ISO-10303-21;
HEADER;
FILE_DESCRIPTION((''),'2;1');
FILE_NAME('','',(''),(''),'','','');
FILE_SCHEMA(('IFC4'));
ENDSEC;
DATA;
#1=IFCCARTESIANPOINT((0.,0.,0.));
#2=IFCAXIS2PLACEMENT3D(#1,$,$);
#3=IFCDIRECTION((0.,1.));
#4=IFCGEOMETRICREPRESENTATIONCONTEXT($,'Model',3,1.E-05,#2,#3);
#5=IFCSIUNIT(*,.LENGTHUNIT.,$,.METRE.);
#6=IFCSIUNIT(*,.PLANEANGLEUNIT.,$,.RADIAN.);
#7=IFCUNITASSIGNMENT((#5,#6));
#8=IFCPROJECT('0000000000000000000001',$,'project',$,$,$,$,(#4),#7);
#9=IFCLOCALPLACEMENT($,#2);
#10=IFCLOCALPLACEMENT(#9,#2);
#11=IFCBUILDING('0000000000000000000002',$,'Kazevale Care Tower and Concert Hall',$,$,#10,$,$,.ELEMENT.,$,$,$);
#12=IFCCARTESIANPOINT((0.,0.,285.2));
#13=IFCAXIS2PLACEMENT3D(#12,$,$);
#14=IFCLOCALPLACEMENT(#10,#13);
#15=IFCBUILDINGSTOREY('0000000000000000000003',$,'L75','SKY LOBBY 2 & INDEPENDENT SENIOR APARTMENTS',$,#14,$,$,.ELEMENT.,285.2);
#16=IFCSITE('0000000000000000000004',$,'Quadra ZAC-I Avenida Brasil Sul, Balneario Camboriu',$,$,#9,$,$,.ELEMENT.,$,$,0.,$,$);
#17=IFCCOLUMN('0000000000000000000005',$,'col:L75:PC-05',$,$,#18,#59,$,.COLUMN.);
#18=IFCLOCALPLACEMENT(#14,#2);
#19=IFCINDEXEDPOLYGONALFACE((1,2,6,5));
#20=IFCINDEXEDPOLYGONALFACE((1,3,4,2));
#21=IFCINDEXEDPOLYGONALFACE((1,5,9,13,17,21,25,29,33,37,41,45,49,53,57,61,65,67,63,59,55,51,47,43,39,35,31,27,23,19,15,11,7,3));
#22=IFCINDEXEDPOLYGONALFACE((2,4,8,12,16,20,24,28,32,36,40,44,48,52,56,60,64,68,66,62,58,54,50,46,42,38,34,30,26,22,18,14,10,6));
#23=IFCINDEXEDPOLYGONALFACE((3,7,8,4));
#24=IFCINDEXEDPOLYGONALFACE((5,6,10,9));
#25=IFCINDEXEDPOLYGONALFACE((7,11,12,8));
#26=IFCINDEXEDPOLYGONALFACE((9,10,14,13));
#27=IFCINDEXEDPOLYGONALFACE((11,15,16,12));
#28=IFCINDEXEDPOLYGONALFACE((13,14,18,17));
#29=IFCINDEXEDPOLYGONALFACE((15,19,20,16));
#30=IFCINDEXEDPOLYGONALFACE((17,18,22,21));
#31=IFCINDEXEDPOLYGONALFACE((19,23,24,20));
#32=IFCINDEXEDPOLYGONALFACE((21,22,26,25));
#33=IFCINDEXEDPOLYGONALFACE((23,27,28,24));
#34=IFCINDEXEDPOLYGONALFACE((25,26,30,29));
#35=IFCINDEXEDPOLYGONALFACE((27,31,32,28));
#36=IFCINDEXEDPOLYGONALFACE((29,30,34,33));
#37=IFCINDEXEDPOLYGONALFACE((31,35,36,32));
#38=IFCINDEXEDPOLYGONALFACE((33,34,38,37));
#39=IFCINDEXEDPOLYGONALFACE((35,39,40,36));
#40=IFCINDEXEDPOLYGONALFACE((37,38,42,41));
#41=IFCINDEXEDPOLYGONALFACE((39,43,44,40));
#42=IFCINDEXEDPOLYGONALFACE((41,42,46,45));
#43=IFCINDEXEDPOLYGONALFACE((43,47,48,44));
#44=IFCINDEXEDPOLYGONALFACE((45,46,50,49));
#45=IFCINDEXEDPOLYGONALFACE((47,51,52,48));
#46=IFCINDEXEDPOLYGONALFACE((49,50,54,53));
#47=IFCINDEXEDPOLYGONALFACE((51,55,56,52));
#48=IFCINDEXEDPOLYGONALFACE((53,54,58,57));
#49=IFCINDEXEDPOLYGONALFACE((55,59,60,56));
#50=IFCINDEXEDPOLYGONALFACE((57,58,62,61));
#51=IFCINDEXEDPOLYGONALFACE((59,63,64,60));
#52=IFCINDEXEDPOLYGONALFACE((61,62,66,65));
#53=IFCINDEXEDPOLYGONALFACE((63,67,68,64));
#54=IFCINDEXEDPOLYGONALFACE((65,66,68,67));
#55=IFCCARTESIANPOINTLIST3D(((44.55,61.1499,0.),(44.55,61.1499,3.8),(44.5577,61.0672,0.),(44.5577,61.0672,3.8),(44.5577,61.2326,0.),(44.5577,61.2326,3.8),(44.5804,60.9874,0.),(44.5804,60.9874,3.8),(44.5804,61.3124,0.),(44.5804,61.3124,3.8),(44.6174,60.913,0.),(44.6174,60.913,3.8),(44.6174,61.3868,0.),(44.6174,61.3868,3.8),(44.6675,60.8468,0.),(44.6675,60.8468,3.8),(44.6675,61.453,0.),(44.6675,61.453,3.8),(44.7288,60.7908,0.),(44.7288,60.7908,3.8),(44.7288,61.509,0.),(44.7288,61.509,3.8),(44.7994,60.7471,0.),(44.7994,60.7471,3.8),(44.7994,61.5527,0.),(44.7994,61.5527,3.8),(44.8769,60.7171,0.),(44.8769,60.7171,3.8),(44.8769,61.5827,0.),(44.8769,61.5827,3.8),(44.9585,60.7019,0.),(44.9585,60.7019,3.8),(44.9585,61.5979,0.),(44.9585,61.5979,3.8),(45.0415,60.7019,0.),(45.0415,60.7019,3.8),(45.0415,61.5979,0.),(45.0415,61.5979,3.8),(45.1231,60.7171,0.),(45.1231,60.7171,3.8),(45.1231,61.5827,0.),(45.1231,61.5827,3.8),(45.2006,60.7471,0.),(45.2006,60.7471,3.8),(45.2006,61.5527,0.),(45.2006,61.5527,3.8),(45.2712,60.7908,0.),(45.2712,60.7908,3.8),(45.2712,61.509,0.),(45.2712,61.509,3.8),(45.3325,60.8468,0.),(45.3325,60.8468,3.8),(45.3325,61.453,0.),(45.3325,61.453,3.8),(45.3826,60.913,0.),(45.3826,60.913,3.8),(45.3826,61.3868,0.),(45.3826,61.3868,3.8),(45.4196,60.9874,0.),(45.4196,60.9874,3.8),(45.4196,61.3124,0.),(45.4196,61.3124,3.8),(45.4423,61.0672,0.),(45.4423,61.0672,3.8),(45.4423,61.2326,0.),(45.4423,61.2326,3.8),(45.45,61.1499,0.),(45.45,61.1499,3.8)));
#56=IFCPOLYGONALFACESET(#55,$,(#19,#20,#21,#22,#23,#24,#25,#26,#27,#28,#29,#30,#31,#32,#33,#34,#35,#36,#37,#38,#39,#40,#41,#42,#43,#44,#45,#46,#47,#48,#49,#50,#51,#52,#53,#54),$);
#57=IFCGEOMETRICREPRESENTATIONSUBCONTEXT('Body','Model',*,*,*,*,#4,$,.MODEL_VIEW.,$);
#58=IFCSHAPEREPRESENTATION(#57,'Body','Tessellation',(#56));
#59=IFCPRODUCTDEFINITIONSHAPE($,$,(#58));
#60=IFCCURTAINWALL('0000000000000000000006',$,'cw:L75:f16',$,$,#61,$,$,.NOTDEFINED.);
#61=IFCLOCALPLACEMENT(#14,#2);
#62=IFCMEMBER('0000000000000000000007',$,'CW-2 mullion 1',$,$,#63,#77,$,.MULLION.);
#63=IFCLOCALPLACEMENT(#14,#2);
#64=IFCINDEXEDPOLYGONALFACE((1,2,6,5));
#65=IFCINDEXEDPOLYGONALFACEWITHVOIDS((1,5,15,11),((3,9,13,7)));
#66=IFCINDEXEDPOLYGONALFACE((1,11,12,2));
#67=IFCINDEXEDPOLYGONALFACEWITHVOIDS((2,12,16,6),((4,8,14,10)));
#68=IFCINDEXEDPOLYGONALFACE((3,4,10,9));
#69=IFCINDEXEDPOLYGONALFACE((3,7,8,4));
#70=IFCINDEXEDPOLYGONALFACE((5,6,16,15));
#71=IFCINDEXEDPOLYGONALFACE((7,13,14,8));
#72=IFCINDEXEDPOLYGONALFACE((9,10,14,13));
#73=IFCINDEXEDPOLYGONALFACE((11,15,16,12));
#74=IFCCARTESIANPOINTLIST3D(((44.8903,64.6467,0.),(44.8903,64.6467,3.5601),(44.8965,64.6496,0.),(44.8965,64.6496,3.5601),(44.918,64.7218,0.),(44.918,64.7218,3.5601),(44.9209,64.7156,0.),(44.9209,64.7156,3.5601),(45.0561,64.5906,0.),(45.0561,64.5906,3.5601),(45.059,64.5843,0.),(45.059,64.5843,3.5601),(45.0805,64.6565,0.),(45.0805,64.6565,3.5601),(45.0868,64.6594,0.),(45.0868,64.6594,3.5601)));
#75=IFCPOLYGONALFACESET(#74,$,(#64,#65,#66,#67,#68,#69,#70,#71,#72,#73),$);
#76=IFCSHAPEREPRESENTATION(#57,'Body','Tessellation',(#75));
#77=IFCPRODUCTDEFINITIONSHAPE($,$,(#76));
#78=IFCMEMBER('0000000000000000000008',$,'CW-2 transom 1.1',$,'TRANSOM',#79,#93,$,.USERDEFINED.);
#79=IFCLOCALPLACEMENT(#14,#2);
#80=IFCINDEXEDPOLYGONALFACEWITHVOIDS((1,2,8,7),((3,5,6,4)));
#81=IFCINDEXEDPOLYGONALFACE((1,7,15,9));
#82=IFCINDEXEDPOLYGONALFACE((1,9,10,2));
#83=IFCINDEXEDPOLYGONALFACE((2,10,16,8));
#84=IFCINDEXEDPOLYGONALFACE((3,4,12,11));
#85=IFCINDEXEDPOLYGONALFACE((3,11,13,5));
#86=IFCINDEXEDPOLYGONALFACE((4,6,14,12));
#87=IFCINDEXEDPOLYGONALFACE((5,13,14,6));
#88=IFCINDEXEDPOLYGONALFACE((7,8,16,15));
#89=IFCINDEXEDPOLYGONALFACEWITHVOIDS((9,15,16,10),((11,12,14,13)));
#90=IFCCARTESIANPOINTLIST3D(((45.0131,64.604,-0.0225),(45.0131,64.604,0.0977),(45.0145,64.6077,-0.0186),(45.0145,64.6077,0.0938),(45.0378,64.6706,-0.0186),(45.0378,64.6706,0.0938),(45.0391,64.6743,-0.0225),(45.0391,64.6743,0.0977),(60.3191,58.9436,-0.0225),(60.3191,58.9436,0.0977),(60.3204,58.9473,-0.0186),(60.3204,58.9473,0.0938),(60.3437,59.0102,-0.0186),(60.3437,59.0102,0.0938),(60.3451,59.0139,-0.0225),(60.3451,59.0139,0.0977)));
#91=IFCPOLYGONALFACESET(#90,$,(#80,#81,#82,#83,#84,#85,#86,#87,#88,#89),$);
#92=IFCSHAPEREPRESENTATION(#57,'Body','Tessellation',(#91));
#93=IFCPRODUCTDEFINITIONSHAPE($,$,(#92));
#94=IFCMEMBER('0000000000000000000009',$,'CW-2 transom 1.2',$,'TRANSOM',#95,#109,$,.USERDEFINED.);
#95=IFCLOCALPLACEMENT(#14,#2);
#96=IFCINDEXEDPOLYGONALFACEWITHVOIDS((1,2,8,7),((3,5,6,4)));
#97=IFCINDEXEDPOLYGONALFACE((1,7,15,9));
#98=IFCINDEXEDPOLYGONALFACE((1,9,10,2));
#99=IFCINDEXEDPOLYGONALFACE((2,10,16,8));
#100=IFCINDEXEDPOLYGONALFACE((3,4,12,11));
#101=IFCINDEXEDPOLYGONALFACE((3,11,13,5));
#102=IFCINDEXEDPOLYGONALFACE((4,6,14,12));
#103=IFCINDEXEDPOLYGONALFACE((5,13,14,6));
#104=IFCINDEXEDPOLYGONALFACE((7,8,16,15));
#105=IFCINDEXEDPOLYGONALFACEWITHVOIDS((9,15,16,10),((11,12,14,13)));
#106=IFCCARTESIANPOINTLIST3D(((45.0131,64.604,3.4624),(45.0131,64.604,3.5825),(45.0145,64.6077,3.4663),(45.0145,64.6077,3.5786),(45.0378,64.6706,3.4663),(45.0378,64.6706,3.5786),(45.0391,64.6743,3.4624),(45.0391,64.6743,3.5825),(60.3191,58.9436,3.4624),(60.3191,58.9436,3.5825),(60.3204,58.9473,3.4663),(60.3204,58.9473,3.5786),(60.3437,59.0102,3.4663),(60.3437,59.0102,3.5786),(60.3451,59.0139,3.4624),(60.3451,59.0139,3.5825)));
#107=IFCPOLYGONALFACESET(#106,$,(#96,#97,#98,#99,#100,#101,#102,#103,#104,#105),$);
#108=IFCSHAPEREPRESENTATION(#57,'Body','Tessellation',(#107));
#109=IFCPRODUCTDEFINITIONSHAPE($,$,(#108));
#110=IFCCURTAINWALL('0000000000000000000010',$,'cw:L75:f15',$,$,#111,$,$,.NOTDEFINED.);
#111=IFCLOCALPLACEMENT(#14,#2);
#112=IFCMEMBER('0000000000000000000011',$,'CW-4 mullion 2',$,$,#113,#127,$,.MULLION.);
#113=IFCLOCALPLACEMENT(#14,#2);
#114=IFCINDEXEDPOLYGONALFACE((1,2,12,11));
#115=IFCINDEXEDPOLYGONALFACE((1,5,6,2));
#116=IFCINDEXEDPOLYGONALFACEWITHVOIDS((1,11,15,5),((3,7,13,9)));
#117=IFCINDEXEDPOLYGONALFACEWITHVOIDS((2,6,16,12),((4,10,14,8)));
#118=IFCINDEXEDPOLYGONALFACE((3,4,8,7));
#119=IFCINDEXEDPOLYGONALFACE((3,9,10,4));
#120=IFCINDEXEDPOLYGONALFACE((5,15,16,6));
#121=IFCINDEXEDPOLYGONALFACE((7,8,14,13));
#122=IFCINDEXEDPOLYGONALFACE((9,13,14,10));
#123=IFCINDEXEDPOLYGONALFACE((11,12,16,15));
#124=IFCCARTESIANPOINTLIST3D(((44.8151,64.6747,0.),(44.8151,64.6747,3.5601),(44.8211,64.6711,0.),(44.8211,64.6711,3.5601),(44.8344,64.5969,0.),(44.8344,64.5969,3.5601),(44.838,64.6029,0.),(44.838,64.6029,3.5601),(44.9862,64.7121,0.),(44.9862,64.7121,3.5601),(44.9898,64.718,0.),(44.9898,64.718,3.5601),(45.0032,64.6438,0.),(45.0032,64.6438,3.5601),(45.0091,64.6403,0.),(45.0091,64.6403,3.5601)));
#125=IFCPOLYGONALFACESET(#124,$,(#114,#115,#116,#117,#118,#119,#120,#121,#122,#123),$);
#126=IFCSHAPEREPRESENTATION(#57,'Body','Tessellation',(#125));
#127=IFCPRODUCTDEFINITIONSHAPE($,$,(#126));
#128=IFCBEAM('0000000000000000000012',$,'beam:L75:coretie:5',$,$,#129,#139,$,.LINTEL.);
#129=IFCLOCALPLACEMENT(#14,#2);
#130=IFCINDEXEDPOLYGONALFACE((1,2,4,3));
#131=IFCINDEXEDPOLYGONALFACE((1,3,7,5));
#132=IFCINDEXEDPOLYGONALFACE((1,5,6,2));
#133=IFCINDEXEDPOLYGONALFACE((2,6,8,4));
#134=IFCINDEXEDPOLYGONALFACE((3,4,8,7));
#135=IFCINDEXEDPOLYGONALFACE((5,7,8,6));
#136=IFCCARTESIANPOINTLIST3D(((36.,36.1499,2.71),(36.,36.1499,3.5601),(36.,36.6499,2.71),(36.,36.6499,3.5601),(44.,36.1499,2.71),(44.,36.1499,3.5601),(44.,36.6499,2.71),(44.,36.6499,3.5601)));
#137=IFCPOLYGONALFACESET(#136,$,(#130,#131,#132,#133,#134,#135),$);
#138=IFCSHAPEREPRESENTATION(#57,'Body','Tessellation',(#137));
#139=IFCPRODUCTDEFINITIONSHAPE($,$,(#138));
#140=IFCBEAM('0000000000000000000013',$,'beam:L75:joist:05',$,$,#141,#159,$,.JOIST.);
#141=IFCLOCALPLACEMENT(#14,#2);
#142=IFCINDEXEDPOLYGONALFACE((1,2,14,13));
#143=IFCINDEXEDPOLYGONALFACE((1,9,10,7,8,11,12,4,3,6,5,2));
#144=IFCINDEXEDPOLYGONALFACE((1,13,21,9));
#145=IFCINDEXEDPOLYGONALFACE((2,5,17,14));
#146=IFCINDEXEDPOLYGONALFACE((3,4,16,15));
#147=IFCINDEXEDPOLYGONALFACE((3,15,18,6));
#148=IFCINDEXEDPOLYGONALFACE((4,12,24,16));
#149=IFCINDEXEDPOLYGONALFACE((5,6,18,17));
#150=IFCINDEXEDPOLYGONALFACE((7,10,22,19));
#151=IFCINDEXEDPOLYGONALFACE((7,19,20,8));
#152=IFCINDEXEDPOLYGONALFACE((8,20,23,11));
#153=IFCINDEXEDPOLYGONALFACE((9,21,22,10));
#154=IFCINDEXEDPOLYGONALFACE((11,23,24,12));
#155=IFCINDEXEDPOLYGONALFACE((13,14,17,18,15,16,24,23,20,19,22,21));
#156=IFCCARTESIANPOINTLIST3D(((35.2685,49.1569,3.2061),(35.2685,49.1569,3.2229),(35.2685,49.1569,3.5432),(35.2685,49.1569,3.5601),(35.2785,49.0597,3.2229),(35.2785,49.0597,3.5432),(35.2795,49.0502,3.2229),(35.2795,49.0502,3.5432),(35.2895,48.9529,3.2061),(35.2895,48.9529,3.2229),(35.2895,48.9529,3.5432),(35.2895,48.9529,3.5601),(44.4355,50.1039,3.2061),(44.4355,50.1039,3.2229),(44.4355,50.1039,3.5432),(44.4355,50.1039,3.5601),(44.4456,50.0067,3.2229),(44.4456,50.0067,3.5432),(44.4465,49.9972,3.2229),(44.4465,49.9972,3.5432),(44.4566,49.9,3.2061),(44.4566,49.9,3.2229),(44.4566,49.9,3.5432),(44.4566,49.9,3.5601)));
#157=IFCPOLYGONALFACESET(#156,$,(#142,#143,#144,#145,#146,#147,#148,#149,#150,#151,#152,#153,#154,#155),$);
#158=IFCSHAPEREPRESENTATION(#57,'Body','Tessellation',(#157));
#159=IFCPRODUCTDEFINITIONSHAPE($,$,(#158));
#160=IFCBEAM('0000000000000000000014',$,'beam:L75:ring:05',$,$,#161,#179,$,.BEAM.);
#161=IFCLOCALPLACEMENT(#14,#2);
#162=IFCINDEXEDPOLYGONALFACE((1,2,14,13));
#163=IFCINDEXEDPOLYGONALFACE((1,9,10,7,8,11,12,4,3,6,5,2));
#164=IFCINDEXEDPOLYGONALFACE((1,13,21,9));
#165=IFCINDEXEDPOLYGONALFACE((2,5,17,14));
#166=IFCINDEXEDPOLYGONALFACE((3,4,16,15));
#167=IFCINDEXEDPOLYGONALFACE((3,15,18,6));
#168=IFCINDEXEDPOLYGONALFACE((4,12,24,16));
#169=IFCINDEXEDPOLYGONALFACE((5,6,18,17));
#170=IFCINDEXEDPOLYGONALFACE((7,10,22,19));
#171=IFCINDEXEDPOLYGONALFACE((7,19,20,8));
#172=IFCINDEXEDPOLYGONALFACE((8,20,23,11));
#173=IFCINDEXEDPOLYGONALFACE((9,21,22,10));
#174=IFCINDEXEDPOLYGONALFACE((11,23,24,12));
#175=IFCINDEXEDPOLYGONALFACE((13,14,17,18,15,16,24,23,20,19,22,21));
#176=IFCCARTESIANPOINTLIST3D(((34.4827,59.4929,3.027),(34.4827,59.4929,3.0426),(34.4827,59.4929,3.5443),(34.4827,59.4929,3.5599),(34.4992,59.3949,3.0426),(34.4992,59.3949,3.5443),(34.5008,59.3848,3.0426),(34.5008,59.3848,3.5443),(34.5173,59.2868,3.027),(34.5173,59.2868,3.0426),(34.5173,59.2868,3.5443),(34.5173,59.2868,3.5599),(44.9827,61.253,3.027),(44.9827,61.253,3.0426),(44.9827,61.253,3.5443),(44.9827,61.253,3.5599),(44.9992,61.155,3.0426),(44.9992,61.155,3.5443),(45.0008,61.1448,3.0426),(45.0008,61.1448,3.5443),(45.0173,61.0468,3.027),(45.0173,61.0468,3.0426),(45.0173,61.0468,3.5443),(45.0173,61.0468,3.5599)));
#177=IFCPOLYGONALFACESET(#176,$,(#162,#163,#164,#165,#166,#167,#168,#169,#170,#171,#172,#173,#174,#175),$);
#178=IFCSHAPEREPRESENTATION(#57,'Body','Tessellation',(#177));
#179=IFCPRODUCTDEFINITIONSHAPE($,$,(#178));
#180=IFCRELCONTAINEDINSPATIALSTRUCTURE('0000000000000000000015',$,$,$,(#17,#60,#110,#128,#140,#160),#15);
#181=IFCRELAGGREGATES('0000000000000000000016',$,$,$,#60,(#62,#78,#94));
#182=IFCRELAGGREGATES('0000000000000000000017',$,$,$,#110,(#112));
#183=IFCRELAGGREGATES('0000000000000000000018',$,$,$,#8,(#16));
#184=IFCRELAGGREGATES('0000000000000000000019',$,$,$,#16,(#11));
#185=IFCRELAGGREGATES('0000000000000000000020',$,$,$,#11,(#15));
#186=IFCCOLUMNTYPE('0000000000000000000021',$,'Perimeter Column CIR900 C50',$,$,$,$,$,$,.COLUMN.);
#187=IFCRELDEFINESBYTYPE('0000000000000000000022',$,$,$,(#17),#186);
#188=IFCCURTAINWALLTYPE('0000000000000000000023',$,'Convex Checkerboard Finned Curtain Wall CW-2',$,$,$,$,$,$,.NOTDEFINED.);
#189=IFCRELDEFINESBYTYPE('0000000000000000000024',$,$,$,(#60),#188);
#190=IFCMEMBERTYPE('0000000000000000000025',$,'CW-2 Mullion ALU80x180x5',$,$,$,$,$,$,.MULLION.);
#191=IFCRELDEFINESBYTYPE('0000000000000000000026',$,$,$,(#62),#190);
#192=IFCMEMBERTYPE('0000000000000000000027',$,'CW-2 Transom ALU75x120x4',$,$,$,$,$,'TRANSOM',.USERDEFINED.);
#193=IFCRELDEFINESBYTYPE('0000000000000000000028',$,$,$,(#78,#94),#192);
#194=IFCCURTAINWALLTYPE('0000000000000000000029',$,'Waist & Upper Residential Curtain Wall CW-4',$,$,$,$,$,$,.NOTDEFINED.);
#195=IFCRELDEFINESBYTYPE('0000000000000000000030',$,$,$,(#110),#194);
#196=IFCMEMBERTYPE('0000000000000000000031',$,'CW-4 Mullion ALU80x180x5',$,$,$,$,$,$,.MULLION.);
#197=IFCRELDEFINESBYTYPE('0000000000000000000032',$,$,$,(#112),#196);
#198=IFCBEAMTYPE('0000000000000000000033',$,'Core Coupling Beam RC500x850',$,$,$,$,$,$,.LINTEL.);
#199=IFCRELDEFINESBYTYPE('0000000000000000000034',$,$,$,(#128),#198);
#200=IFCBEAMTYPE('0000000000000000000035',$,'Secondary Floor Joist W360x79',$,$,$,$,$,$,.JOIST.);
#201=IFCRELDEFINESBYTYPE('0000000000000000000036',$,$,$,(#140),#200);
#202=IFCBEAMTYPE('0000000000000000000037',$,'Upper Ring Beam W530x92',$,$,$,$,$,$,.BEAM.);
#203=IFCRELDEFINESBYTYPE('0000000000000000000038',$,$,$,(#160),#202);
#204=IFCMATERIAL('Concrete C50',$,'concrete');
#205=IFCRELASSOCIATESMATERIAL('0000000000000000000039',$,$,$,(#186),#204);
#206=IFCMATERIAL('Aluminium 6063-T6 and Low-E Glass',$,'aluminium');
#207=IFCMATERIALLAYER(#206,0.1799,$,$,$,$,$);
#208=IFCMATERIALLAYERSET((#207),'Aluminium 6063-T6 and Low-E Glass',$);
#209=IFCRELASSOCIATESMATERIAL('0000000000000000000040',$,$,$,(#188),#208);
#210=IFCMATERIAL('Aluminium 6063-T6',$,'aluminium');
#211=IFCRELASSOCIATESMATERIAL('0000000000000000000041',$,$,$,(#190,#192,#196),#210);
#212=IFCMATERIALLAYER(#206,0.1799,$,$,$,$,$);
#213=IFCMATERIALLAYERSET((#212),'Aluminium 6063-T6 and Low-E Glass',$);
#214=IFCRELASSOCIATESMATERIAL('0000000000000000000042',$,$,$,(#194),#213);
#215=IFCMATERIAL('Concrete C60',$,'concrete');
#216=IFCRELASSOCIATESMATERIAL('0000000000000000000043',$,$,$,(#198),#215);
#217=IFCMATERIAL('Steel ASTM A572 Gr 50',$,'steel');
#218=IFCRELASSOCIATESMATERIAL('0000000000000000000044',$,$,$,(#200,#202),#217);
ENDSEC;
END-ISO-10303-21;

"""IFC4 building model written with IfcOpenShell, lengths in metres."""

from ifc_helpers import new_model, si_unit, direction, frame, origin, origin_2d, place, context, subcontext, project, spatial, rectangle, hollow_rectangle, circle, i_section, extrude, material, layer, layer_set, material_profile, profile_set, type_object, element, aggregate, save


model = new_model("IFC4")

# Units and contexts
model_context = context("Model", 3, precision=1e-05, world=origin(), true_north=direction((0.0, 1.0)))
body_context = subcontext(model_context, "Body", "Model", "MODEL_VIEW")
ifc_project = project(units=[si_unit("LENGTHUNIT", "METRE"), si_unit("PLANEANGLEUNIT", "RADIAN")], contexts=[model_context])

# Site, building, storey
site_placement = place(None, origin())
site = spatial("IfcSite", under=ifc_project, at=site_placement, Name="Quadra ZAC-I Avenida Brasil Sul, Balneario Camboriu", CompositionType="ELEMENT", RefElevation=0.0)
building_placement = place(site_placement, origin())
building = spatial("IfcBuilding", under=site, at=building_placement, Name="Kazevale Care Tower and Concert Hall", CompositionType="ELEMENT")
storey_placement = place(building_placement, frame((0.0, 0.0, 285.2)))
storey = spatial("IfcBuildingStorey", under=building, at=storey_placement, Name="L75", Description="SKY LOBBY 2 & INDEPENDENT SENIOR APARTMENTS", CompositionType="ELEMENT", Elevation=285.2)

# Column
ifc_material_1 = material(Name="Concrete C50", Category="concrete")
ifc_material_profile_1 = material_profile(ifc_material_1, circle(Radius=0.45, at=origin_2d()), Name="RC-CIR900")
ifc_profile_set_1 = profile_set([ifc_material_profile_1], Name="Concrete C50")
column_type = type_object("IfcColumnType", Name="Perimeter Column CIR900 C50", PredefinedType="COLUMN", material=ifc_profile_set_1)
column_placement = place(storey_placement, frame((45.0, 61.1499, 0.0), z_axis=(0.0, 0.0, 1.0), x_axis=(1.0, 0.0, 0.0)))
element("IfcColumn", 1, at=column_placement, inside=storey, type_object=column_type, Name="col:L75:PC-05", PredefinedType="COLUMN", context=body_context, shape_type="SweptSolid", body=[
    extrude(circle(Radius=0.45, at=origin_2d()), origin(), (0.0, 0.0, 1.0), 3.8),
])

# Curtain wall, members
ifc_material_2 = material(Name="Aluminium 6063-T6 and Low-E Glass", Category="aluminium")
ifc_layer_1 = layer(ifc_material_2, 0.1799)
ifc_layer_set_1 = layer_set([ifc_layer_1], Name="Aluminium 6063-T6 and Low-E Glass")
curtain_wall_type_1 = type_object("IfcCurtainWallType", Name="Convex Checkerboard Finned Curtain Wall CW-2", PredefinedType="NOTDEFINED", material=ifc_layer_set_1)
curtain_wall_1_placement = place(storey_placement, origin())
curtain_wall_1 = element("IfcCurtainWall", 2, at=curtain_wall_1_placement, inside=storey, type_object=curtain_wall_type_1, Name="cw:L75:f16", PredefinedType="NOTDEFINED")
ifc_material_3 = material(Name="Aluminium 6063-T6", Category="aluminium")
ifc_material_profile_2 = material_profile(ifc_material_3, hollow_rectangle(XDim=0.0801, YDim=0.1799, WallThickness=0.0049, at=origin_2d()), Name="ALU80x180x5")
ifc_profile_set_2 = profile_set([ifc_material_profile_2], Name="Aluminium 6063-T6")
member_type_1 = type_object("IfcMemberType", Name="CW-2 Mullion ALU80x180x5", PredefinedType="MULLION", material=ifc_profile_set_2)
member_1_placement = place(storey_placement, frame((44.9885, 64.6531, 0.0), z_axis=(0.0, 0.0, 1.0), x_axis=(0.346864, 0.937916, 0.0)))
member_1 = element("IfcMember", 3, at=member_1_placement, type_object=member_type_1, Name="CW-2 mullion 1", PredefinedType="MULLION", context=body_context, shape_type="SweptSolid", body=[
    extrude(hollow_rectangle(XDim=0.0801, YDim=0.1799, WallThickness=0.0049, at=origin_2d()), origin(), (0.0, 0.0, 1.0), 3.5601),
])
ifc_material_profile_3 = material_profile(ifc_material_3, hollow_rectangle(XDim=0.075, YDim=0.1201, WallThickness=0.0039, at=origin_2d()), Name="ALU75x120x4")
ifc_profile_set_3 = profile_set([ifc_material_profile_3], Name="Aluminium 6063-T6")
member_type_2 = type_object("IfcMemberType", Name="CW-2 Transom ALU75x120x4", ElementType="TRANSOM", PredefinedType="USERDEFINED", material=ifc_profile_set_3)
member_2_placement = place(storey_placement, frame((45.0261, 64.6392, 0.0376), z_axis=(0.937917, -0.346859, 0.0), x_axis=(0.346859, 0.937917, 0.0)))
member_2 = element("IfcMember", 4, at=member_2_placement, type_object=member_type_2, Name="CW-2 transom 1.1", ObjectType="TRANSOM", PredefinedType="USERDEFINED", context=body_context, shape_type="SweptSolid", body=[
    extrude(hollow_rectangle(XDim=0.075, YDim=0.1201, WallThickness=0.0039, at=origin_2d()), origin(), (0.0, 0.0, 1.0), 16.3191),
])
member_3_placement = place(storey_placement, frame((45.0261, 64.6392, 3.5225), z_axis=(0.937917, -0.346859, 0.0), x_axis=(0.346859, 0.937917, 0.0)))
member_3 = element("IfcMember", 5, at=member_3_placement, type_object=member_type_2, Name="CW-2 transom 1.2", ObjectType="TRANSOM", PredefinedType="USERDEFINED", context=body_context, shape_type="SweptSolid", body=[
    extrude(hollow_rectangle(XDim=0.075, YDim=0.1201, WallThickness=0.0039, at=origin_2d()), origin(), (0.0, 0.0, 1.0), 16.3191),
])
aggregate(curtain_wall_1, [member_1, member_2, member_3])

# Curtain wall, member
ifc_layer_2 = layer(ifc_material_2, 0.1799)
ifc_layer_set_2 = layer_set([ifc_layer_2], Name="Aluminium 6063-T6 and Low-E Glass")
curtain_wall_type_2 = type_object("IfcCurtainWallType", Name="Waist & Upper Residential Curtain Wall CW-4", PredefinedType="NOTDEFINED", material=ifc_layer_set_2)
curtain_wall_2_placement = place(storey_placement, origin())
curtain_wall_2 = element("IfcCurtainWall", 6, at=curtain_wall_2_placement, inside=storey, type_object=curtain_wall_type_2, Name="cw:L75:f15", PredefinedType="NOTDEFINED")
ifc_material_profile_4 = material_profile(ifc_material_3, hollow_rectangle(XDim=0.0801, YDim=0.1799, WallThickness=0.0049, at=origin_2d()), Name="ALU80x180x5")
ifc_profile_set_4 = profile_set([ifc_material_profile_4], Name="Aluminium 6063-T6")
member_type_3 = type_object("IfcMemberType", Name="CW-4 Mullion ALU80x180x5", PredefinedType="MULLION", material=ifc_profile_set_4)
member_4_placement = place(storey_placement, frame((44.9121, 64.6575, 0.0), z_axis=(0.0, 0.0, 1.0), x_axis=(-0.240891, 0.970552, 0.0)))
member_4 = element("IfcMember", 7, at=member_4_placement, type_object=member_type_3, Name="CW-4 mullion 2", PredefinedType="MULLION", context=body_context, shape_type="SweptSolid", body=[
    extrude(hollow_rectangle(XDim=0.0801, YDim=0.1799, WallThickness=0.0049, at=origin_2d()), origin(), (0.0, 0.0, 1.0), 3.5601),
])

# Beams
ifc_material_4 = material(Name="Concrete C60", Category="concrete")
ifc_material_profile_5 = material_profile(ifc_material_4, rectangle(XDim=0.5, YDim=0.8501, at=origin_2d()), Name="RC-B500x850")
ifc_profile_set_5 = profile_set([ifc_material_profile_5], Name="Concrete C60")
beam_type_1 = type_object("IfcBeamType", Name="Core Coupling Beam RC500x850", PredefinedType="LINTEL", material=ifc_profile_set_5)
beam_1_placement = place(storey_placement, frame((44.0, 36.3999, 3.135), z_axis=(-1.0, 0.0, 0.0), x_axis=(0.0, -1.0, 0.0)))
element("IfcBeam", 8, at=beam_1_placement, inside=storey, type_object=beam_type_1, Name="beam:L75:coretie:5", PredefinedType="LINTEL", context=body_context, shape_type="SweptSolid", body=[
    extrude(rectangle(XDim=0.5, YDim=0.8501, at=origin_2d()), origin(), (0.0, 0.0, 1.0), 8.0),
])
ifc_material_5 = material(Name="Steel ASTM A572 Gr 50", Category="steel")
ifc_material_profile_6 = material_profile(ifc_material_5, i_section(OverallWidth=0.2051, OverallDepth=0.354, WebThickness=0.0095, FlangeThickness=0.0168, at=origin_2d()), Name="W360x79")
ifc_profile_set_6 = profile_set([ifc_material_profile_6], Name="Steel ASTM A572 Gr 50")
beam_type_2 = type_object("IfcBeamType", Name="Secondary Floor Joist W360x79", PredefinedType="JOIST", material=ifc_profile_set_6)
beam_2_placement = place(storey_placement, frame((44.446, 50.002, 3.3831), z_axis=(-0.994706, -0.102761, 0.0), x_axis=(0.102761, -0.994706, 0.0)))
element("IfcBeam", 9, at=beam_2_placement, inside=storey, type_object=beam_type_2, Name="beam:L75:joist:05", PredefinedType="JOIST", context=body_context, shape_type="SweptSolid", body=[
    extrude(i_section(OverallWidth=0.2051, OverallDepth=0.354, WebThickness=0.0095, FlangeThickness=0.0168, at=origin_2d()), origin(), (0.0, 0.0, 1.0), 9.2158),
])
ifc_material_profile_7 = material_profile(ifc_material_5, i_section(OverallWidth=0.209, OverallDepth=0.533, WebThickness=0.0103, FlangeThickness=0.0156, at=origin_2d()), Name="W530x92")
ifc_profile_set_7 = profile_set([ifc_material_profile_7], Name="Steel ASTM A572 Gr 50")
beam_type_3 = type_object("IfcBeamType", Name="Upper Ring Beam W530x92", PredefinedType="BEAM", material=ifc_profile_set_7)
beam_3_placement = place(storey_placement, frame((45.0, 61.1499, 3.2935), z_axis=(-0.986241, -0.165314, 0.0), x_axis=(0.165314, -0.986241, 0.0)))
element("IfcBeam", 10, at=beam_3_placement, inside=storey, type_object=beam_type_3, Name="beam:L75:ring:05", PredefinedType="BEAM", context=body_context, shape_type="SweptSolid", body=[
    extrude(i_section(OverallWidth=0.209, OverallDepth=0.533, WebThickness=0.0103, FlangeThickness=0.0156, at=origin_2d()), origin(), (0.0, 0.0, 1.0), 10.6465),
])

aggregate(curtain_wall_2, [member_4])

save(model, "model.ifc")
